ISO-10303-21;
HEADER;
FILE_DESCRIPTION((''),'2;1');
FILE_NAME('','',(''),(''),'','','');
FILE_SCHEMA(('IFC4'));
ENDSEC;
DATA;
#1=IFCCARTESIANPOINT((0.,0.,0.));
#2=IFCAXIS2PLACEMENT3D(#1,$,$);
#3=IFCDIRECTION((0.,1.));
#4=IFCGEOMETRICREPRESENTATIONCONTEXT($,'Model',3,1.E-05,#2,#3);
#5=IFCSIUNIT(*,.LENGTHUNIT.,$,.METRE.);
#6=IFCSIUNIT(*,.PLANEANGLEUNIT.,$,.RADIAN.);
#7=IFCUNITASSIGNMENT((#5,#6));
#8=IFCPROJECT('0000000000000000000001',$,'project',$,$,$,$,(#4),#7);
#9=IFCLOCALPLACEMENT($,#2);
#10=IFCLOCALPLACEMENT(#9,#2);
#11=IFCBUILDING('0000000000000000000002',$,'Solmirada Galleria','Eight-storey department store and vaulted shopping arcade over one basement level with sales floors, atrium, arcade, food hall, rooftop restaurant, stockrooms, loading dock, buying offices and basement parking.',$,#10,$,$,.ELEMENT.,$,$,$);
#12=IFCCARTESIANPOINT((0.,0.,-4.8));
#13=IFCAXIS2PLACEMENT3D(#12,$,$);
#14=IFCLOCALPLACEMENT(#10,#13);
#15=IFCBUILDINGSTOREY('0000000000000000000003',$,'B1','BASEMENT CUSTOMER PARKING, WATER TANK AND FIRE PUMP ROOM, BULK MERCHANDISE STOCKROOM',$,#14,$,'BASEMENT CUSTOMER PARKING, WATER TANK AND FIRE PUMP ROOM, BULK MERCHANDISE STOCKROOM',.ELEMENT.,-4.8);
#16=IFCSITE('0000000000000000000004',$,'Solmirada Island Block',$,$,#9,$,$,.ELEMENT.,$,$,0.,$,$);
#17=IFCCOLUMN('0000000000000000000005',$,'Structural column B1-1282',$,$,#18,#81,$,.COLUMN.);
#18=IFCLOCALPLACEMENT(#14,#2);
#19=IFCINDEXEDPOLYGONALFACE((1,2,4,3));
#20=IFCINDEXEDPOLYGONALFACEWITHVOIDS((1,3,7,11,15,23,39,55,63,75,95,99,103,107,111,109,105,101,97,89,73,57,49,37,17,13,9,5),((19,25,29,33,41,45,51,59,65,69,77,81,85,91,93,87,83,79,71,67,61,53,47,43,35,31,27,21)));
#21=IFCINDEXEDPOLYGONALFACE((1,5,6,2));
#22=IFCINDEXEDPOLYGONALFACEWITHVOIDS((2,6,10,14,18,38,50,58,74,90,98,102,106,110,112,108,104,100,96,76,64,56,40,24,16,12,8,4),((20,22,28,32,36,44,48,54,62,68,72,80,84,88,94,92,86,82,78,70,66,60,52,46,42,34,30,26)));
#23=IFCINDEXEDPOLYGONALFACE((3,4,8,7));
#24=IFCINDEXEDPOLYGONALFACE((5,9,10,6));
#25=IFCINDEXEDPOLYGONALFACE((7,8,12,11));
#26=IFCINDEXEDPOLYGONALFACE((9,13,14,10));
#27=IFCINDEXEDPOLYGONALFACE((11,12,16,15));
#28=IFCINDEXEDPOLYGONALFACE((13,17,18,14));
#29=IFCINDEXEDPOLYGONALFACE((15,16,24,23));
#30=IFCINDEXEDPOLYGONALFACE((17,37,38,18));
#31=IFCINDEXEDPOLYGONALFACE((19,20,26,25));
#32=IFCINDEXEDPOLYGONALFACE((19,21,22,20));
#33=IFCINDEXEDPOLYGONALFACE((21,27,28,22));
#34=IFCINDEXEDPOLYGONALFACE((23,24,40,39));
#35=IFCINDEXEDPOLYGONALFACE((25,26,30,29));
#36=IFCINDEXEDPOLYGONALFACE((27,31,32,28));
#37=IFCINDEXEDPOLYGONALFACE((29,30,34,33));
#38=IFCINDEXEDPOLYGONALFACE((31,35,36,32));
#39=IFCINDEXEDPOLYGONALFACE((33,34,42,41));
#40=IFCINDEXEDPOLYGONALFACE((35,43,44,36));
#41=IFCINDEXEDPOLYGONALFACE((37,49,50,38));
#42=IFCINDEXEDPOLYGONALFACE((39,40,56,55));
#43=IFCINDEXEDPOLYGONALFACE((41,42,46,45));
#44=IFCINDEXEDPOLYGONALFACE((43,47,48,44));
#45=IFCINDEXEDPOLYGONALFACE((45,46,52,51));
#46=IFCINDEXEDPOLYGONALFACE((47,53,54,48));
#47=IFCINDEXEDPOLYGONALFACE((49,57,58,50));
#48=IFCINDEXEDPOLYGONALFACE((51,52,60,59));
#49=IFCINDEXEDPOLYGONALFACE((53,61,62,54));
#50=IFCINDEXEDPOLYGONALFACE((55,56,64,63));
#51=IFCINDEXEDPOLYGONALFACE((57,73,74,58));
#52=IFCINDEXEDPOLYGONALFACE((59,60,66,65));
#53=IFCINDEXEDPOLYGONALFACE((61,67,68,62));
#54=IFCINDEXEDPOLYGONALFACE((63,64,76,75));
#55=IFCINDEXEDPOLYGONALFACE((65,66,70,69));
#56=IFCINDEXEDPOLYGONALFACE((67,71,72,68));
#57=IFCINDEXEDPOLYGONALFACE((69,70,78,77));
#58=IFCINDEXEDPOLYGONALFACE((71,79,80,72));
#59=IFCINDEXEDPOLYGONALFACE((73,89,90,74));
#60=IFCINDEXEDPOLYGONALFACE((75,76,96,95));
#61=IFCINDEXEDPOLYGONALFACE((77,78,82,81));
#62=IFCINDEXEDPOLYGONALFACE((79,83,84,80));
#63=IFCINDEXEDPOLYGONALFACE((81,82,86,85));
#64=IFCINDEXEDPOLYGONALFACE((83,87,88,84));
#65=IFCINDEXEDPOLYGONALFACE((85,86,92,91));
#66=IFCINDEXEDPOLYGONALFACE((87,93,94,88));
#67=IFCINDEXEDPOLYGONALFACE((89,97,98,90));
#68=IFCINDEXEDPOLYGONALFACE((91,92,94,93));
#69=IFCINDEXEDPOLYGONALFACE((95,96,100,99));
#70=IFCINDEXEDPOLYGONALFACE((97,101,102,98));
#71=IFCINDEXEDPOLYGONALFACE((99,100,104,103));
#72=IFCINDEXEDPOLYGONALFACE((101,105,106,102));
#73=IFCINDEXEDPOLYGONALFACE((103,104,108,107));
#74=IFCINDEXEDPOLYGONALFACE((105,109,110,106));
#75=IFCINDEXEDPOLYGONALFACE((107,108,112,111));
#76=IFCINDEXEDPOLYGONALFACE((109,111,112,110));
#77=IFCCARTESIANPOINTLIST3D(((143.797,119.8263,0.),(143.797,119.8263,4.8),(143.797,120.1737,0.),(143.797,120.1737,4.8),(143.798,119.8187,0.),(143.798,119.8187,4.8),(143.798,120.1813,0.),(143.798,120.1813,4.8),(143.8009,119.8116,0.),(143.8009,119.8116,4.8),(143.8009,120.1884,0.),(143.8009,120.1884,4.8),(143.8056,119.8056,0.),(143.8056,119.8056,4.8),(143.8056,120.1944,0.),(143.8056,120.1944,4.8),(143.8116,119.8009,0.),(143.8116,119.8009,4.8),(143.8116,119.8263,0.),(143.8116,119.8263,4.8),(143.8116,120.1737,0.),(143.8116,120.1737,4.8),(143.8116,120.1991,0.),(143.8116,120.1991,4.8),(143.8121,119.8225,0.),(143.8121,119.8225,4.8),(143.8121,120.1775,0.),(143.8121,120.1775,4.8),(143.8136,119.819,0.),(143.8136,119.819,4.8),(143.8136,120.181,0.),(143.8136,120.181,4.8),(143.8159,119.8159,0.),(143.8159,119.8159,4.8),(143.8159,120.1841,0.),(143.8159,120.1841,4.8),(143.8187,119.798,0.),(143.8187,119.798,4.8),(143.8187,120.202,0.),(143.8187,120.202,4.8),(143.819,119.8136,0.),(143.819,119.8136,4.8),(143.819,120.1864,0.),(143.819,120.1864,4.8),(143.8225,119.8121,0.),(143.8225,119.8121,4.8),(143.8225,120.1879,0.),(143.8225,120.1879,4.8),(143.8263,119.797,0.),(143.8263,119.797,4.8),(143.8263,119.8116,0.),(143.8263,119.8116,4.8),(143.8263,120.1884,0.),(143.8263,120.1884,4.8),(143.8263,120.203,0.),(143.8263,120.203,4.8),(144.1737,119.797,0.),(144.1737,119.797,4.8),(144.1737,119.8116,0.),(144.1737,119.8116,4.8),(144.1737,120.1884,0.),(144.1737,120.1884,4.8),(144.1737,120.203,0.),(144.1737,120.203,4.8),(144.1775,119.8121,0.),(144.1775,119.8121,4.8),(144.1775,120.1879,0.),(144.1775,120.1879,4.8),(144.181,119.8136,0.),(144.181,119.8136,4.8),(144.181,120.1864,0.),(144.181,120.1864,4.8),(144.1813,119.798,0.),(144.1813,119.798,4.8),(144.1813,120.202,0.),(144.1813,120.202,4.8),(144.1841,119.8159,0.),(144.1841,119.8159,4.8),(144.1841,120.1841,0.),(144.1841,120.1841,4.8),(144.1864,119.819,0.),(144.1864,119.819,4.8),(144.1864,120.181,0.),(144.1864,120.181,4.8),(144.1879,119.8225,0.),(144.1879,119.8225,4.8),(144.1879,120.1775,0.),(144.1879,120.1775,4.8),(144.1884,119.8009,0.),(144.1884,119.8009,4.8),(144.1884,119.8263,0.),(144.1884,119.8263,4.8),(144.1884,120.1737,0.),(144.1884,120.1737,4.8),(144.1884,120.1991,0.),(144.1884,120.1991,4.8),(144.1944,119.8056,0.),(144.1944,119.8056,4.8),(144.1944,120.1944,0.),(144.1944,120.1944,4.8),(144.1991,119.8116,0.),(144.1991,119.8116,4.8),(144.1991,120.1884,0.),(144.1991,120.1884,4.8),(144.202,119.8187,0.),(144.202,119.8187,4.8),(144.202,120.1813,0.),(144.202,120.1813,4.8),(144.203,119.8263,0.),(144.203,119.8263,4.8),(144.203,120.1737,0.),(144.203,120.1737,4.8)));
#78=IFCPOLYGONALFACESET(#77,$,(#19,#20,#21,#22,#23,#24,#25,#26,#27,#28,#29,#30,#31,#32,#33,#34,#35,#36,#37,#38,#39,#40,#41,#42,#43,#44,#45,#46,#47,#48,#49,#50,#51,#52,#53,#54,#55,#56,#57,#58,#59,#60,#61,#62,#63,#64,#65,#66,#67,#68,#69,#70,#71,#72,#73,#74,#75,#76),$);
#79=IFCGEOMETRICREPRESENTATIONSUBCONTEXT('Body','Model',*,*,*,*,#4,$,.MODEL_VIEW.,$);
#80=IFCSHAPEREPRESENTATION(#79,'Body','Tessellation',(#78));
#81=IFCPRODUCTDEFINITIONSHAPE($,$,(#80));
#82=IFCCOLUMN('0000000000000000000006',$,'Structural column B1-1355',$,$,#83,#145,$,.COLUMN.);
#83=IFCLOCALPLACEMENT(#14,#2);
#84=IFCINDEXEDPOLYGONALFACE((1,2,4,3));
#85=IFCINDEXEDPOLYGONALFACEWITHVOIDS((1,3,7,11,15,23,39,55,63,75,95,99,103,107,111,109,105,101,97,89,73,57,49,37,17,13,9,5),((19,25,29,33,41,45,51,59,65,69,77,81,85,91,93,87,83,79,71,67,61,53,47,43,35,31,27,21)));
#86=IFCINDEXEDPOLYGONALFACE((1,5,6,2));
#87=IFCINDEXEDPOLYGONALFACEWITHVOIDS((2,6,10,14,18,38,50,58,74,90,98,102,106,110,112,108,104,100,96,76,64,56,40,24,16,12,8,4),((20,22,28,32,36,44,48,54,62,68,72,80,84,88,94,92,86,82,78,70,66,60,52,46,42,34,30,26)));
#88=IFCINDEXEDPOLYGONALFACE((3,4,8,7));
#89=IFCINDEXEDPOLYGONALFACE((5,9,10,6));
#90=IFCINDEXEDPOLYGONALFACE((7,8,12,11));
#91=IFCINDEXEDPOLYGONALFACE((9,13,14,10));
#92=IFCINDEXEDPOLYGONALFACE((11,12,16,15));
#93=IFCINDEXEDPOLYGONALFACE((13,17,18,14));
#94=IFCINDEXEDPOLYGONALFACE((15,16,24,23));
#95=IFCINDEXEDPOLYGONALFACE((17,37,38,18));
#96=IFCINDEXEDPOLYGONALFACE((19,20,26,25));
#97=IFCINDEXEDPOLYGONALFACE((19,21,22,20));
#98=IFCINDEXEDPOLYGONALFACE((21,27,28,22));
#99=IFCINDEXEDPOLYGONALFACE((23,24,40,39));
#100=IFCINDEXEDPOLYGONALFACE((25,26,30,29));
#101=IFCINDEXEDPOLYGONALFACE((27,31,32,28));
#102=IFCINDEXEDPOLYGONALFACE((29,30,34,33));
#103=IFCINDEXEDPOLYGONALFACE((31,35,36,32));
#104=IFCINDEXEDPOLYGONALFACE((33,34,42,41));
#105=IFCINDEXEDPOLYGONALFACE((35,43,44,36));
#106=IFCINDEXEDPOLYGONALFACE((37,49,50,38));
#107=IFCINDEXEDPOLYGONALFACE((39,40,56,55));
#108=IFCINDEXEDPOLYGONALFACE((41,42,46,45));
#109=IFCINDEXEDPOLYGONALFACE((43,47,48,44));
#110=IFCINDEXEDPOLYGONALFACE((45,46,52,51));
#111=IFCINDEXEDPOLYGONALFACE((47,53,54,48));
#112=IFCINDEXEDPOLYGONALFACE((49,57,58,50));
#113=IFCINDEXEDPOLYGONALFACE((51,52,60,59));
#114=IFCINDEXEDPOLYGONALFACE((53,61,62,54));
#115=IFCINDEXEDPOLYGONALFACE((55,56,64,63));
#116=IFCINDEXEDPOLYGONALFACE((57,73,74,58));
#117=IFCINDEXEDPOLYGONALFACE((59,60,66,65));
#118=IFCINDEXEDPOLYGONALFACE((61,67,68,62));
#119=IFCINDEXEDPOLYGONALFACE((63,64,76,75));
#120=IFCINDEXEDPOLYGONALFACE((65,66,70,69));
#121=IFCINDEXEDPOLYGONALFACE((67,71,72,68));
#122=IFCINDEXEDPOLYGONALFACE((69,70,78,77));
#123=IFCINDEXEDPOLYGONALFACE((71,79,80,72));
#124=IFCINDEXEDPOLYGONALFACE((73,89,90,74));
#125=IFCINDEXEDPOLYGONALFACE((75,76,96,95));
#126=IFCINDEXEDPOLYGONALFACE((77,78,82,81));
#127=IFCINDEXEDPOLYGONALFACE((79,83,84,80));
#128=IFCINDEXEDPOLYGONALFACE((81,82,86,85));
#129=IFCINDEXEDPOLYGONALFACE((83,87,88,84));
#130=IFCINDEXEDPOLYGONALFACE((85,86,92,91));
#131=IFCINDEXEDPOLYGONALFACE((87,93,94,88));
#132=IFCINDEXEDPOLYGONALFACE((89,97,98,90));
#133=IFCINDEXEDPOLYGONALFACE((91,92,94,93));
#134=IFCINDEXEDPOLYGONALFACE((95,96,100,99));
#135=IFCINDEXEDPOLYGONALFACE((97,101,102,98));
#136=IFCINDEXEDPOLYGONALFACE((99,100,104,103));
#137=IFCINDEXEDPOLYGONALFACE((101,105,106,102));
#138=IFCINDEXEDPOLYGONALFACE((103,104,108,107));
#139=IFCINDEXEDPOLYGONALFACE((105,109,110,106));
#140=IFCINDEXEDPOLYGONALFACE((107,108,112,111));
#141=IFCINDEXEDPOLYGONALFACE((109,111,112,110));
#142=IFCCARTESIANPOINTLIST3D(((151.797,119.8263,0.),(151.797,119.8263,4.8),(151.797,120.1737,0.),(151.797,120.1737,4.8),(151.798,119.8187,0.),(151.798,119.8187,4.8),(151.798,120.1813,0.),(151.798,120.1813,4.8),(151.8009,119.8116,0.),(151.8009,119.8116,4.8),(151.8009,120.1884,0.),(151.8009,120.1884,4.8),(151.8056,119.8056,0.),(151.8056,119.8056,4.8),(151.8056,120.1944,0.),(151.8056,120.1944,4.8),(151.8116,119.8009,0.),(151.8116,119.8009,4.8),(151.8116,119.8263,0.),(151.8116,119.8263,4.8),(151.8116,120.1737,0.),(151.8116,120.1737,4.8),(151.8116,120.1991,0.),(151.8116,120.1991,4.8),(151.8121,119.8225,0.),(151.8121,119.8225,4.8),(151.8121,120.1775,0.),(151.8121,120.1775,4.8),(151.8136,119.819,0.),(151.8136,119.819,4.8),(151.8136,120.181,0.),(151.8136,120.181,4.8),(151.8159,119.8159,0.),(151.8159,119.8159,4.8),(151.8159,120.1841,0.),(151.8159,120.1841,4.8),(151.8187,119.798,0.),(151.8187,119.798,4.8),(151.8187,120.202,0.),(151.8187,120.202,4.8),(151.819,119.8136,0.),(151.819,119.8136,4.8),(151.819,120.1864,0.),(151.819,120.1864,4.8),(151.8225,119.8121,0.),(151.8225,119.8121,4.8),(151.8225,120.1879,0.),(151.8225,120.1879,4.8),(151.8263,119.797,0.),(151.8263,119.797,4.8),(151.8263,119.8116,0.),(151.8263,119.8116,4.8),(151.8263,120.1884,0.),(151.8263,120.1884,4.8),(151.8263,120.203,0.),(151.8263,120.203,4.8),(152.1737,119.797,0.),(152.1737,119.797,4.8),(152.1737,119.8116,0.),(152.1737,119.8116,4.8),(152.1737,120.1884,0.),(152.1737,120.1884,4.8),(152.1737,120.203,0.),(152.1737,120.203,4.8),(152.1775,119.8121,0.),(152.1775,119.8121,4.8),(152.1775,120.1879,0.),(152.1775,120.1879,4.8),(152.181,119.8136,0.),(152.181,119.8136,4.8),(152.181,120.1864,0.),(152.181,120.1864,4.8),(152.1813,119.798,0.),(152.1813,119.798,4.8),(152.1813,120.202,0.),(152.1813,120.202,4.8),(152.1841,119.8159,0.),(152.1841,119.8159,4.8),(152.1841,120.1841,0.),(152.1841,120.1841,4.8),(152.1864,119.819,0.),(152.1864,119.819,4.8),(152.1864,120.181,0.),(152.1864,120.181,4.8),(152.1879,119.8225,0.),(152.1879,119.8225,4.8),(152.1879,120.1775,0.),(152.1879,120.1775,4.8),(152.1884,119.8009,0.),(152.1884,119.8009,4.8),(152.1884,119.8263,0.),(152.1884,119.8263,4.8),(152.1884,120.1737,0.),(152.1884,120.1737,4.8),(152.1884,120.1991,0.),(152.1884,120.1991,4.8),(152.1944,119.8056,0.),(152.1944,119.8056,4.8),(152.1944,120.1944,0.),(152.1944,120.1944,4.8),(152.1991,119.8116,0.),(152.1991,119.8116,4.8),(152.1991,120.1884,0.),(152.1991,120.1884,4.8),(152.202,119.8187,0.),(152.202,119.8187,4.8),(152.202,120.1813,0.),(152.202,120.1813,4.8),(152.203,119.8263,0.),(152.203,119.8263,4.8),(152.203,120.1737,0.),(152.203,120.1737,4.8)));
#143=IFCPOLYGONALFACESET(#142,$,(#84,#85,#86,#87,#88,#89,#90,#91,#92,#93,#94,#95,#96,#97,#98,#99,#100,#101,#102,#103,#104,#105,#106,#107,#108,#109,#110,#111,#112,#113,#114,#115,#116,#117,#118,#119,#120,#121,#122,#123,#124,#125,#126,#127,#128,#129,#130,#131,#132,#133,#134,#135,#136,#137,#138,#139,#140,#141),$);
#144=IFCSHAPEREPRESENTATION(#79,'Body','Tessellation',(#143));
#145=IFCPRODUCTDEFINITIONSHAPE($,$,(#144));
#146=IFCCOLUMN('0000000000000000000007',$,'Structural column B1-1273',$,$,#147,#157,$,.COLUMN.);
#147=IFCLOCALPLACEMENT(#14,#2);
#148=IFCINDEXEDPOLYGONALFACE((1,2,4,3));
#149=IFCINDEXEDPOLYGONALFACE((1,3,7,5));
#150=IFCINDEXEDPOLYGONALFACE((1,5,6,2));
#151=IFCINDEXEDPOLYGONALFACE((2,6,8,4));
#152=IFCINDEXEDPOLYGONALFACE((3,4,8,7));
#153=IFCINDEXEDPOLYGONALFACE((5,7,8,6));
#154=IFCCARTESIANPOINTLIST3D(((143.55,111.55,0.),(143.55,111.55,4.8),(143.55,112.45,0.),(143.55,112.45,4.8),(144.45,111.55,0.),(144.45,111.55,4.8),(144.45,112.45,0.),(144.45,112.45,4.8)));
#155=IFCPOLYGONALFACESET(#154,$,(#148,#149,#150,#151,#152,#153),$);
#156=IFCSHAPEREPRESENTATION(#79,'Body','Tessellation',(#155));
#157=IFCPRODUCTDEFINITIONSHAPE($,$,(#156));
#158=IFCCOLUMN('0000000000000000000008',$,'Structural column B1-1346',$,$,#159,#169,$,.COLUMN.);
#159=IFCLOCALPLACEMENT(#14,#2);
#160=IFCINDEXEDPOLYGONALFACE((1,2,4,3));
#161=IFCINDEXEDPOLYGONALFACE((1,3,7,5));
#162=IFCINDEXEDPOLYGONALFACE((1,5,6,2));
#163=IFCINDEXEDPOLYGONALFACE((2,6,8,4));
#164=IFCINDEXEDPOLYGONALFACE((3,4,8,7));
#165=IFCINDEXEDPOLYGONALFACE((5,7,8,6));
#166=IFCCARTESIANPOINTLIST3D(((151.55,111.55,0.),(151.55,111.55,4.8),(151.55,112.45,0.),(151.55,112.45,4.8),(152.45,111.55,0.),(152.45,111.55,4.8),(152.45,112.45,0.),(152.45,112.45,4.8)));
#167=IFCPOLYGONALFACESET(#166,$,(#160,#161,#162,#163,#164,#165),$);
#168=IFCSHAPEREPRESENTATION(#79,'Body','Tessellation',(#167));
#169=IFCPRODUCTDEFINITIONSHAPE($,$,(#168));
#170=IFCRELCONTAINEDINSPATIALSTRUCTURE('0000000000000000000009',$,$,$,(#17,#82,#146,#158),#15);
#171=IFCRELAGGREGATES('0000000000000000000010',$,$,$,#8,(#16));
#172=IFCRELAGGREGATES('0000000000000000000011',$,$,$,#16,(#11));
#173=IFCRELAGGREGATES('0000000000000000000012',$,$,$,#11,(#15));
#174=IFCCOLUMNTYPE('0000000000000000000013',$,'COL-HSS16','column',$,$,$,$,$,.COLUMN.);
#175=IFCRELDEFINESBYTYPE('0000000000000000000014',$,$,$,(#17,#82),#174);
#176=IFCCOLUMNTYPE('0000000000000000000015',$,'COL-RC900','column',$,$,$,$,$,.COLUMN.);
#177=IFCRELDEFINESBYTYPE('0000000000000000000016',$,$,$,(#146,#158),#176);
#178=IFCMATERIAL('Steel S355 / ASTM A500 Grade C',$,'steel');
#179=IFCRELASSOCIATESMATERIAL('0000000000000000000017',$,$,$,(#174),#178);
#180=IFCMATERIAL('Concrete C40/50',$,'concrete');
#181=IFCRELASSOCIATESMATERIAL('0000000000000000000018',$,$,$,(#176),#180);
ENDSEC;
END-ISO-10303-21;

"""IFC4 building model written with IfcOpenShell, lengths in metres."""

from ifc_helpers import new_model, si_unit, direction, frame, origin, origin_2d, place, context, subcontext, project, spatial, rectangle, hollow_rectangle, extrude, material, material_profile, profile_set, type_object, element, save


model = new_model("IFC4")

# Units and contexts
model_context = context("Model", 3, precision=1e-05, world=origin(), true_north=direction((0.0, 1.0)))
body_context = subcontext(model_context, "Body", "Model", "MODEL_VIEW")
ifc_project = project(units=[si_unit("LENGTHUNIT", "METRE"), si_unit("PLANEANGLEUNIT", "RADIAN")], contexts=[model_context])

# Site, building, storey
site_placement = place(None, origin())
site = spatial("IfcSite", under=ifc_project, at=site_placement, Name="Solmirada Island Block", CompositionType="ELEMENT", RefElevation=0.0)
building_placement = place(site_placement, origin())
building = spatial("IfcBuilding", under=site, at=building_placement, Name="Solmirada Galleria", Description="Eight-storey department store and vaulted shopping arcade over one basement level with sales floors, atrium, arcade, food hall, rooftop restaurant, stockrooms, loading dock, buying offices and basement parking.", CompositionType="ELEMENT")
storey_placement = place(building_placement, frame((0.0, 0.0, -4.8)))
storey = spatial("IfcBuildingStorey", under=building, at=storey_placement, Name="B1", Description="BASEMENT CUSTOMER PARKING, WATER TANK AND FIRE PUMP ROOM, BULK MERCHANDISE STOCKROOM", LongName="BASEMENT CUSTOMER PARKING, WATER TANK AND FIRE PUMP ROOM, BULK MERCHANDISE STOCKROOM", CompositionType="ELEMENT", Elevation=-4.8)

# Shared definitions
ifc_material_1 = material(Name="Concrete C40/50", Category="concrete")

# Columns
ifc_material_2 = material(Name="Steel S355 / ASTM A500 Grade C", Category="steel")
ifc_material_profile_1 = material_profile(ifc_material_2, hollow_rectangle(XDim=0.406, YDim=0.406, WallThickness=0.0146, InnerFilletRadius=0.0146, OuterFilletRadius=0.0293, at=origin_2d()), Name="HSS16X16X5/8")
ifc_profile_set_1 = profile_set([ifc_material_profile_1], Name="Steel S355 / ASTM A500 Grade C")
column_type_1 = type_object("IfcColumnType", Name="COL-HSS16", Description="column", PredefinedType="COLUMN", material=ifc_profile_set_1)
for number, where, z_axis, x_axis, name in (
    (1, (144.0, 120.0, 0.0), (0.0, 0.0, 1.0), (1.0, 0.0, 0.0), "Structural column B1-1282"),
    (2, (152.0, 120.0, 0.0), (0.0, 0.0, 1.0), (1.0, 0.0, 0.0), "Structural column B1-1355"),
):
    element("IfcColumn", number, at=place(storey_placement, frame(where, z_axis=z_axis, x_axis=x_axis)), inside=storey, type_object=column_type_1, Name=name, PredefinedType="COLUMN", context=body_context, shape_type="SweptSolid", body=[
        extrude(hollow_rectangle(XDim=0.406, YDim=0.406, WallThickness=0.0146, InnerFilletRadius=0.0146, OuterFilletRadius=0.0293, at=origin_2d()), origin(), (0.0, 0.0, 1.0), 4.8),
    ])
ifc_material_profile_2 = material_profile(ifc_material_1, rectangle(XDim=0.8999, YDim=0.8999, at=origin_2d()), Name="RC900X900")
ifc_profile_set_2 = profile_set([ifc_material_profile_2], Name="Concrete C40/50")
column_type_2 = type_object("IfcColumnType", Name="COL-RC900", Description="column", PredefinedType="COLUMN", material=ifc_profile_set_2)
for number, where, z_axis, x_axis, name in (
    (3, (144.0, 112.0, 0.0), (0.0, 0.0, 1.0), (1.0, 0.0, 0.0), "Structural column B1-1273"),
    (4, (152.0, 112.0, 0.0), (0.0, 0.0, 1.0), (1.0, 0.0, 0.0), "Structural column B1-1346"),
):
    element("IfcColumn", number, at=place(storey_placement, frame(where, z_axis=z_axis, x_axis=x_axis)), inside=storey, type_object=column_type_2, Name=name, PredefinedType="COLUMN", context=body_context, shape_type="SweptSolid", body=[
        extrude(rectangle(XDim=0.8999, YDim=0.8999, at=origin_2d()), origin(), (0.0, 0.0, 1.0), 4.8),
    ])

save(model, "model.ifc")
